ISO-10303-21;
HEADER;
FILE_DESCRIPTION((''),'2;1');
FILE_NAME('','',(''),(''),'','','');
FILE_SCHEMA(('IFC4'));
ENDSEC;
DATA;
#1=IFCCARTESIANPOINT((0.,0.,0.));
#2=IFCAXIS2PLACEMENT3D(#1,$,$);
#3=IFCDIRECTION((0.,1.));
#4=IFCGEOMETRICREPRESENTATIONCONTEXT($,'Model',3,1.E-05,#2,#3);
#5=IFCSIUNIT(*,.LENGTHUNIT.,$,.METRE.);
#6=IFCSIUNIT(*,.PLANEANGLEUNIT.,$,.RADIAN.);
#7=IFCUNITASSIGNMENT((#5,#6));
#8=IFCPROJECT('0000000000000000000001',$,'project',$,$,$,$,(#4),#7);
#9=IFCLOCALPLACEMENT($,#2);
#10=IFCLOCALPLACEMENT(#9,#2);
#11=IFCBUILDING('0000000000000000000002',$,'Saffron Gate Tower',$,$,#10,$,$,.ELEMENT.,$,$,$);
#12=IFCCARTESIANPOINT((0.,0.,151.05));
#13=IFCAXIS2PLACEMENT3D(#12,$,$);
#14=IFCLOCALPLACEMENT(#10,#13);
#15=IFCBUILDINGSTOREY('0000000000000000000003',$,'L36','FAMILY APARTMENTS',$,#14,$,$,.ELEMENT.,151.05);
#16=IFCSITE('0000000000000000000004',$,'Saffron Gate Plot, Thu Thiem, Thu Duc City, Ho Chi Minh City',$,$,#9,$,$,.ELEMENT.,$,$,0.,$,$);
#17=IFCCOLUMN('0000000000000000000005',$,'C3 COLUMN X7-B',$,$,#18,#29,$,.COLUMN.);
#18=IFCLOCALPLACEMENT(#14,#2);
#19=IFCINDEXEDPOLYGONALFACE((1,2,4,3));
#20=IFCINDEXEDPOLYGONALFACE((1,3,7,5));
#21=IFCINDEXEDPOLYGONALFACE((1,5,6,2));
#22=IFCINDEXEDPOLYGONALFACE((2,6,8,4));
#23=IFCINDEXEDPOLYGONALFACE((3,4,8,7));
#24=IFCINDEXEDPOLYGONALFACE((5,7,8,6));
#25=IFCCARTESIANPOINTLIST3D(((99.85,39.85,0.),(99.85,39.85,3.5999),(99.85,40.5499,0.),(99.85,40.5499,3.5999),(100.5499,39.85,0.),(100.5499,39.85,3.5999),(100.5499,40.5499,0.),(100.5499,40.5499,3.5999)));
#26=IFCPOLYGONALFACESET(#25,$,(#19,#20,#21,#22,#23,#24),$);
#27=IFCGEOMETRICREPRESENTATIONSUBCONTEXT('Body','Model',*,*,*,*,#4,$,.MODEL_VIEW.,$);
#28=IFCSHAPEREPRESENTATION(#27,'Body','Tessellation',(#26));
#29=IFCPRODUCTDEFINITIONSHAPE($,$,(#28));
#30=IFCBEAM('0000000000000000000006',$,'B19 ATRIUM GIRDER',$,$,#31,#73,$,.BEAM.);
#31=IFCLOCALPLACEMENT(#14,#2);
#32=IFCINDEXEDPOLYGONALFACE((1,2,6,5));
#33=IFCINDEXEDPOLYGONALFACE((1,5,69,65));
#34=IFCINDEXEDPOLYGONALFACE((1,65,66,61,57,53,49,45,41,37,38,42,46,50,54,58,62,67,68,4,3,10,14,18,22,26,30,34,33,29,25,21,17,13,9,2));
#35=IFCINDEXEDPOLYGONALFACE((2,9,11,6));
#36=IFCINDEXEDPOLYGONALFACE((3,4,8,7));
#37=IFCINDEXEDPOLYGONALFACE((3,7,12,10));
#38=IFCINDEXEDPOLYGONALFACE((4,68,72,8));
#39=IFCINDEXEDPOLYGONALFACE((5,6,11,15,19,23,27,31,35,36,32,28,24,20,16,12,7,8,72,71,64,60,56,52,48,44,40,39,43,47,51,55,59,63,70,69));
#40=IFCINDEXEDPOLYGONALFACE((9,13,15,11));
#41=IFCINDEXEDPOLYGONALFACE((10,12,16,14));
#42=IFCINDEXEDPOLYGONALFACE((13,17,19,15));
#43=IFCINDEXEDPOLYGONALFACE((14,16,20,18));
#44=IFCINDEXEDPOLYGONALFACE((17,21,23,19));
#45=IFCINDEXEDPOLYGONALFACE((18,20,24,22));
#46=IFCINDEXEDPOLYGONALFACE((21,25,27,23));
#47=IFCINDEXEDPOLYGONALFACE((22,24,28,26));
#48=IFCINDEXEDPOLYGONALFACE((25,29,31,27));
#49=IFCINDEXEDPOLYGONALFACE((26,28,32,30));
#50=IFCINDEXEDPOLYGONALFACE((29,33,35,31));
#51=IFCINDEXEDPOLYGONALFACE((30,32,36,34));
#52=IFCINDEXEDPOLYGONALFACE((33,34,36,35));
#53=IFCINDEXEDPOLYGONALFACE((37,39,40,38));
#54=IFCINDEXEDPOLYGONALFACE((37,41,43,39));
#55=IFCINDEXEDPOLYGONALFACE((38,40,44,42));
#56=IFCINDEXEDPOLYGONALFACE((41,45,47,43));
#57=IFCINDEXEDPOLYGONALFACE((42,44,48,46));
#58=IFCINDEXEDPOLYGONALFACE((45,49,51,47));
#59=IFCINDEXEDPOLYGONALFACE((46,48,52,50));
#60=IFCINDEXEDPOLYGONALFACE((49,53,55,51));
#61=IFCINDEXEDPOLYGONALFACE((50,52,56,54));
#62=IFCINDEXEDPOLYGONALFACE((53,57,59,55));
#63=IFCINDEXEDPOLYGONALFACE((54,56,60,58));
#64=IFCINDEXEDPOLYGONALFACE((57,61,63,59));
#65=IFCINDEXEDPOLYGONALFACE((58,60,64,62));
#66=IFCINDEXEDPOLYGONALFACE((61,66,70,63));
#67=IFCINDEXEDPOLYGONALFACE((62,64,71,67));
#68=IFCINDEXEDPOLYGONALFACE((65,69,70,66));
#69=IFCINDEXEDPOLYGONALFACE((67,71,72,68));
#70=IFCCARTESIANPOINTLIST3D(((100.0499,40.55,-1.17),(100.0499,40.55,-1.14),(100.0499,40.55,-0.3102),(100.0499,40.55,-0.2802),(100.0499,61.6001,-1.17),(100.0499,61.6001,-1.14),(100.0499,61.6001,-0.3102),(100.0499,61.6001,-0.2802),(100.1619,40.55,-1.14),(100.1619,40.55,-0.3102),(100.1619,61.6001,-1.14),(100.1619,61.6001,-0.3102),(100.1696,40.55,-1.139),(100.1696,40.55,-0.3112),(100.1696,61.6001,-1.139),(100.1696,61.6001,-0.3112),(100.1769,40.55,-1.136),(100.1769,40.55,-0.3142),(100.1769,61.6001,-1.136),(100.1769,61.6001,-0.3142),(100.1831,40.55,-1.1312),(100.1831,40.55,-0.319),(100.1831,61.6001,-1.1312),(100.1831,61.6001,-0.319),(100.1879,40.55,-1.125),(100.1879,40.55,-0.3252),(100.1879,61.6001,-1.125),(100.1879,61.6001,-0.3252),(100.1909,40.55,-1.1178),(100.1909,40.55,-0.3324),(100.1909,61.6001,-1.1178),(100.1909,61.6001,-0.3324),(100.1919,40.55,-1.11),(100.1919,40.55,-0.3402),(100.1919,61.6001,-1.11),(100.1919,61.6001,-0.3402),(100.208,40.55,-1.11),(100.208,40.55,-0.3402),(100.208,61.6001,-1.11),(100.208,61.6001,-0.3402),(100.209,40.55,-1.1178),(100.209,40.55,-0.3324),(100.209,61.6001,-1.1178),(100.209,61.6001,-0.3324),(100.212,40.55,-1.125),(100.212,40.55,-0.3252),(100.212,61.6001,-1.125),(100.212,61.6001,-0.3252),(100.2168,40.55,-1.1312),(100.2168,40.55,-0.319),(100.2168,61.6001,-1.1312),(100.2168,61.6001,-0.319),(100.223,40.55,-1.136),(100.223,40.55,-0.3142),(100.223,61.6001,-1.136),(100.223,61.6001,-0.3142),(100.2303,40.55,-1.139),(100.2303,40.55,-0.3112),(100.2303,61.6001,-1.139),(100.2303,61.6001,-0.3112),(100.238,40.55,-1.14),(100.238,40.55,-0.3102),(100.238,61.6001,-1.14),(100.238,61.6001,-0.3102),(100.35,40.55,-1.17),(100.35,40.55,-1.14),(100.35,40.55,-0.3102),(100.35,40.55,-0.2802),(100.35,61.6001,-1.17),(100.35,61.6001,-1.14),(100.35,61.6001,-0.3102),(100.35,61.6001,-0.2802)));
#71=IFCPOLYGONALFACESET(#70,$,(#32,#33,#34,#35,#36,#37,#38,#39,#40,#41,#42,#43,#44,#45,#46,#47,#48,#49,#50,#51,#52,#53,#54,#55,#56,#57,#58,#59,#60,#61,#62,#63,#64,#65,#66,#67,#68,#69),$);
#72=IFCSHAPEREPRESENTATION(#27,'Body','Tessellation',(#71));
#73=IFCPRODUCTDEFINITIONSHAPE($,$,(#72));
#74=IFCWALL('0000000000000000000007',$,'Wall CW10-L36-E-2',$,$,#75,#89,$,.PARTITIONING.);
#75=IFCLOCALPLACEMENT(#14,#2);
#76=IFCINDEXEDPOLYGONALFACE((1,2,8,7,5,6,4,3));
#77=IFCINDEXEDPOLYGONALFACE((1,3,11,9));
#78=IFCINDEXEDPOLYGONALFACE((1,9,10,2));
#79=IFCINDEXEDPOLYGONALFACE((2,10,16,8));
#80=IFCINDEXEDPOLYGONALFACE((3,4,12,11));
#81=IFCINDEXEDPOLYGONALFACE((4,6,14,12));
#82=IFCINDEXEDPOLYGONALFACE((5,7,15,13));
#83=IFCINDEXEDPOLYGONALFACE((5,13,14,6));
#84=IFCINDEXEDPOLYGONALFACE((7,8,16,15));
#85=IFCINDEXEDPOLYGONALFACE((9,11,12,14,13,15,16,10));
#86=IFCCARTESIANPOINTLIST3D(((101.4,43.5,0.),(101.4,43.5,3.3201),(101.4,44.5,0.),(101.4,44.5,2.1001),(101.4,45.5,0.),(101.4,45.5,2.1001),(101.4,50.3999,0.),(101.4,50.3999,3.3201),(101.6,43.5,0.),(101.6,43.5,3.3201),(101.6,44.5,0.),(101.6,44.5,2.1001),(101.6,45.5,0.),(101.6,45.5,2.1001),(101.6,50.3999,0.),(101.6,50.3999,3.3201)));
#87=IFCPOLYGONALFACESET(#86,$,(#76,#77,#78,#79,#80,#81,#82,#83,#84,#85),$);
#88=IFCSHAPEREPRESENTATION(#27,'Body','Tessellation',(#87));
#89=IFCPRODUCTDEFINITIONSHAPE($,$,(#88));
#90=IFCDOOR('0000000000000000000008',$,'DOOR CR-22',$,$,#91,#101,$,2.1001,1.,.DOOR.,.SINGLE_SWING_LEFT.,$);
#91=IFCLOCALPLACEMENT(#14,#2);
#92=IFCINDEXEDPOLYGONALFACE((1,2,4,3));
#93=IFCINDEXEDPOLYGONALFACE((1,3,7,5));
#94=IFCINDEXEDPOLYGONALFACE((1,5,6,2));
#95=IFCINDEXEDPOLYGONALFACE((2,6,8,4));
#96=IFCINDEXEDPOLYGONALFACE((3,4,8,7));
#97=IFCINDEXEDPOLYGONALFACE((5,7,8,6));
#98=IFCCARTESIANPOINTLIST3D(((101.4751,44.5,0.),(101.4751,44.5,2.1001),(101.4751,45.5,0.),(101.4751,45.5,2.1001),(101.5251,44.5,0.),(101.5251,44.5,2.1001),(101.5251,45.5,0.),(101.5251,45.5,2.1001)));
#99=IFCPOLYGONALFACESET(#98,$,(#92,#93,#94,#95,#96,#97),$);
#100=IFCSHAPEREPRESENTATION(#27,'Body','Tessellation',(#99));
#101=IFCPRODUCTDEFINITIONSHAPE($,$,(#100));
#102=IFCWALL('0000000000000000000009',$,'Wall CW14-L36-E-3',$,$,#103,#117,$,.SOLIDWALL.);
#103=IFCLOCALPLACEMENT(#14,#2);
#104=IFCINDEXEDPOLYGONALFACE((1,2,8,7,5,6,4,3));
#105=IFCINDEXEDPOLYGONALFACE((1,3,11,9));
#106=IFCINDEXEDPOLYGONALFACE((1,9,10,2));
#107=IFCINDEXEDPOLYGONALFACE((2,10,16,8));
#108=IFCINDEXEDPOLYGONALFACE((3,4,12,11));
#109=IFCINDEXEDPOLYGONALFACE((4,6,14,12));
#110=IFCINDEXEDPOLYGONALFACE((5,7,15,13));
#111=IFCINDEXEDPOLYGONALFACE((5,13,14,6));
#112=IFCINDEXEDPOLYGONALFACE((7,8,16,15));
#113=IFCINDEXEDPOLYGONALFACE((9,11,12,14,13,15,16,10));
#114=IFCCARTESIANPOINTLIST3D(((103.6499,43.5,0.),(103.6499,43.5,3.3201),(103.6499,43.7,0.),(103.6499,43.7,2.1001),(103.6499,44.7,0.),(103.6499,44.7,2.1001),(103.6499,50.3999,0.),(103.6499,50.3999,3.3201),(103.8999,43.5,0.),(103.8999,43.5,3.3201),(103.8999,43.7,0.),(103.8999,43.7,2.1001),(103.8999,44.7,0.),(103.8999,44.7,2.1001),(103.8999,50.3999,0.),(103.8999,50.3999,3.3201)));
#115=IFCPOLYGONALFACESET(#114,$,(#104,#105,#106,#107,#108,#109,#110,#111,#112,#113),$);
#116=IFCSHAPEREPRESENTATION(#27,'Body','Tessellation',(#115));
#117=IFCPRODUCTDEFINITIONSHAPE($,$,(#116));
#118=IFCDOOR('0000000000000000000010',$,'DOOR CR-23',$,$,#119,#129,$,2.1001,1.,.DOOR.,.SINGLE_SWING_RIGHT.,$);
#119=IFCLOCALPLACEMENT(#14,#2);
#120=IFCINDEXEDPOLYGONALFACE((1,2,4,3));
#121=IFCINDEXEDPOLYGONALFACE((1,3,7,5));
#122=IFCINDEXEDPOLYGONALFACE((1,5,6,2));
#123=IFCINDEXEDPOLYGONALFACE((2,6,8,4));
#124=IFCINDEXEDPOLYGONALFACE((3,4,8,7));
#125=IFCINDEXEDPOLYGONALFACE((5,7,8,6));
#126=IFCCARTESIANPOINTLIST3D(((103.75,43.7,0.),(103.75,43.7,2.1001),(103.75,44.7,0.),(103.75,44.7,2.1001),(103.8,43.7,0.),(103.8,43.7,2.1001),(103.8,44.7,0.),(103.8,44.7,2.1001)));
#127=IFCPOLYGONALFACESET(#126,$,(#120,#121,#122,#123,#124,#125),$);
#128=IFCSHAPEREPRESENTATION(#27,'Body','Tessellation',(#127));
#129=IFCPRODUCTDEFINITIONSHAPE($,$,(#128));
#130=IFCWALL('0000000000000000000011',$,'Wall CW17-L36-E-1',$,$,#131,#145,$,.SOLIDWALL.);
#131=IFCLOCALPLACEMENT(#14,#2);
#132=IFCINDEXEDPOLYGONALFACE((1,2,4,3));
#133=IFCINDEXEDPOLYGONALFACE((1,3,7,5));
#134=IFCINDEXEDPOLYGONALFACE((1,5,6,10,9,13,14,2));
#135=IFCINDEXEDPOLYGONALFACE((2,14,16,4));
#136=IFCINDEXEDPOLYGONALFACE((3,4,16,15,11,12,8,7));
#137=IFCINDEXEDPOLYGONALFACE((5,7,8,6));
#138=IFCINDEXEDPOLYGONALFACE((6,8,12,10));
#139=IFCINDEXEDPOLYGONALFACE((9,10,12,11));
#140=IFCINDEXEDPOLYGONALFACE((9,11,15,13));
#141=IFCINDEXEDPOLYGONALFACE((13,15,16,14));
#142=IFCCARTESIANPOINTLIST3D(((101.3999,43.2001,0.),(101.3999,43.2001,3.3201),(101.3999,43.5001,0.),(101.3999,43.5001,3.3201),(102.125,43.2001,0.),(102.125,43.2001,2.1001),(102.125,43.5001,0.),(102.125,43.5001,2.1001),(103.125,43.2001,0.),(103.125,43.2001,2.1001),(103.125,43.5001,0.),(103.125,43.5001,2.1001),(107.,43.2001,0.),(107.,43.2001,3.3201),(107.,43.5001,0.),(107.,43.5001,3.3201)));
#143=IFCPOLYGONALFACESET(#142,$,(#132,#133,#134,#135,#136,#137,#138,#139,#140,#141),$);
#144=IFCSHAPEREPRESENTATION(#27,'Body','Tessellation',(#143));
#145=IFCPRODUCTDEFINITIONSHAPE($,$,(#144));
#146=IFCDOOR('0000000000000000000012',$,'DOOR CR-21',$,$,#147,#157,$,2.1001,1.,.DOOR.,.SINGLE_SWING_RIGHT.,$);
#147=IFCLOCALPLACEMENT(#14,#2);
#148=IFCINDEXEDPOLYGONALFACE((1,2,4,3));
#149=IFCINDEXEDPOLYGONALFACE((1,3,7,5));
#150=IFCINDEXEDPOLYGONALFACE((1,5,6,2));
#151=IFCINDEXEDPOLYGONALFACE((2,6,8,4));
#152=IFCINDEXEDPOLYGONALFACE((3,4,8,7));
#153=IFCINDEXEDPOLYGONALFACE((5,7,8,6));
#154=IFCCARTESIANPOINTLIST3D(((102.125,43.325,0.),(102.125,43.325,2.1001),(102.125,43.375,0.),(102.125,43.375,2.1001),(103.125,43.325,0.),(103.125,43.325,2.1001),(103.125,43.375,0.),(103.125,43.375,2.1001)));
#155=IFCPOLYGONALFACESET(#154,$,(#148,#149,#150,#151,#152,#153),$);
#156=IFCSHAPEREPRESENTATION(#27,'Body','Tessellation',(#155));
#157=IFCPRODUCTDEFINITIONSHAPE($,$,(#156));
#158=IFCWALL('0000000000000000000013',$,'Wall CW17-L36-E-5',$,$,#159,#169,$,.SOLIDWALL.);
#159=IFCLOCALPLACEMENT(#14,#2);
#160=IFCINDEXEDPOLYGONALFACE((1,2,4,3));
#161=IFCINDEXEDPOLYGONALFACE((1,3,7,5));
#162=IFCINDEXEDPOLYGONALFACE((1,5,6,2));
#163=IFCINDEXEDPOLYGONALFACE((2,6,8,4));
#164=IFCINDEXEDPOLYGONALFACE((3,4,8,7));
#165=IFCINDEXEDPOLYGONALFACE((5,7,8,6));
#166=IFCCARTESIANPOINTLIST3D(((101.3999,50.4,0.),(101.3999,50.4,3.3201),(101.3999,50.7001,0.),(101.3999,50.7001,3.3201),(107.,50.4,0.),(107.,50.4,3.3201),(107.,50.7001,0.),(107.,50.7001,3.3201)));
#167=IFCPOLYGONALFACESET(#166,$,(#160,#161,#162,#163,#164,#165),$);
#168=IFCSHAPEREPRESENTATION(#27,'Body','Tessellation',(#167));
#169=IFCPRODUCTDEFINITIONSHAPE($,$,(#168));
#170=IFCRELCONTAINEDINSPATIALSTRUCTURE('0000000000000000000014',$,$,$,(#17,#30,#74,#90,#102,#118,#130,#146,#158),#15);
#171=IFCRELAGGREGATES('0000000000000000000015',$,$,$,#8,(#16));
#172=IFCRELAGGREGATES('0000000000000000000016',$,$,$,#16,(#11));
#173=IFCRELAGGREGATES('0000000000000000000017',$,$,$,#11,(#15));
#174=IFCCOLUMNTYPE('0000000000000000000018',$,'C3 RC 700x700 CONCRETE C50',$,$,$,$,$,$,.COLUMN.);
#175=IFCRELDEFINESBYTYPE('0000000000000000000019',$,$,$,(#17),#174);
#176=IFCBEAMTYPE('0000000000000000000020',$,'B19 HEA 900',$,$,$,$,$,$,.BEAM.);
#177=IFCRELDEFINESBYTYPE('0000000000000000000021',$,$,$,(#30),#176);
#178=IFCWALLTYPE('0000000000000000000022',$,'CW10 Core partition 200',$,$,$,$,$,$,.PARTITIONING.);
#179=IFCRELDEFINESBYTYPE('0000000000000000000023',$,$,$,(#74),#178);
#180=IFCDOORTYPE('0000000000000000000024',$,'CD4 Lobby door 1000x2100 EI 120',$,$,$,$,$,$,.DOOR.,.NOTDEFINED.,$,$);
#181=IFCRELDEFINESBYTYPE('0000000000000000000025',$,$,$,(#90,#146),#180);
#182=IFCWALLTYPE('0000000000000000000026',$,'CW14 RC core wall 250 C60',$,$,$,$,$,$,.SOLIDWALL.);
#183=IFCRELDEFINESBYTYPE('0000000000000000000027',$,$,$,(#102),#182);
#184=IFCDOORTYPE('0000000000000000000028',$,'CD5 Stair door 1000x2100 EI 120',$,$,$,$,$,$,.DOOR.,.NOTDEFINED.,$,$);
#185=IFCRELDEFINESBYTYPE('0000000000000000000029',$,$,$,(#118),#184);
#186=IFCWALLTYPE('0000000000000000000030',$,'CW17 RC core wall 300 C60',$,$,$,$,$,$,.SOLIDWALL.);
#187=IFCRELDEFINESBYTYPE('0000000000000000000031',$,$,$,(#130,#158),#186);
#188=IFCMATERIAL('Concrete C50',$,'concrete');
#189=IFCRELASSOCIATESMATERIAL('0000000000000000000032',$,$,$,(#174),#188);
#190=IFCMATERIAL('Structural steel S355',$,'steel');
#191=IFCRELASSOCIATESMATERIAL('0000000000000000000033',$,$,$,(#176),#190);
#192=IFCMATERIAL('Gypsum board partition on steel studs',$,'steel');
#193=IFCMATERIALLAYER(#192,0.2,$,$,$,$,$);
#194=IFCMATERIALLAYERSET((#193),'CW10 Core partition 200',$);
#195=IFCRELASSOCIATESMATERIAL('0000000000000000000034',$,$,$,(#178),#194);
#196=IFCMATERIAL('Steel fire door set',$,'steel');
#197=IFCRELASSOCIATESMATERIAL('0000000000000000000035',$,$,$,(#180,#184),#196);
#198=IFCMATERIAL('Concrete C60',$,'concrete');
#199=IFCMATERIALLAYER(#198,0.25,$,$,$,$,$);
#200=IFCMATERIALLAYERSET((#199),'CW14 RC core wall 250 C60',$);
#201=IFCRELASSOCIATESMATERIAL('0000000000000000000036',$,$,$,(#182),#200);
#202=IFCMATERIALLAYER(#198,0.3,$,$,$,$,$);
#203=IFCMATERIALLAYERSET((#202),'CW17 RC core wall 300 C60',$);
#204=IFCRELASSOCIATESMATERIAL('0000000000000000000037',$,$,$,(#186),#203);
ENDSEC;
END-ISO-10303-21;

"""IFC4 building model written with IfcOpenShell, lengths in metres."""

from ifc_helpers import new_model, si_unit, direction, frame, frame_2d, origin, origin_2d, place, context, subcontext, project, spatial, rectangle, i_section, extrude, material, layer, layer_set, material_profile, profile_set, type_object, element, fill, save


model = new_model("IFC4")

# Units and contexts
model_context = context("Model", 3, precision=1e-05, world=origin(), true_north=direction((0.0, 1.0)))
body_context = subcontext(model_context, "Body", "Model", "MODEL_VIEW")
ifc_project = project(units=[si_unit("LENGTHUNIT", "METRE"), si_unit("PLANEANGLEUNIT", "RADIAN")], contexts=[model_context])

# Site, building, storey
site_placement = place(None, origin())
site = spatial("IfcSite", under=ifc_project, at=site_placement, Name="Saffron Gate Plot, Thu Thiem, Thu Duc City, Ho Chi Minh City", CompositionType="ELEMENT", RefElevation=0.0)
building_placement = place(site_placement, origin())
building = spatial("IfcBuilding", under=site, at=building_placement, Name="Saffron Gate Tower", CompositionType="ELEMENT")
storey_placement = place(building_placement, frame((0.0, 0.0, 151.05)))
storey = spatial("IfcBuildingStorey", under=building, at=storey_placement, Name="L36", Description="FAMILY APARTMENTS", CompositionType="ELEMENT", Elevation=151.05)

# Column
ifc_material_1 = material(Name="Concrete C50", Category="concrete")
ifc_material_profile_1 = material_profile(ifc_material_1, rectangle(XDim=0.7, YDim=0.7, at=origin_2d()))
ifc_profile_set_1 = profile_set([ifc_material_profile_1], Name="Concrete C50")
column_type = type_object("IfcColumnType", Name="C3 RC 700x700 CONCRETE C50", PredefinedType="COLUMN", material=ifc_profile_set_1)
column_placement = place(storey_placement, frame((100.2, 40.2, 0.0), z_axis=(0.0, 0.0, 1.0), x_axis=(1.0, 0.0, 0.0)))
element("IfcColumn", 1, at=column_placement, inside=storey, type_object=column_type, Name="C3 COLUMN X7-B", PredefinedType="COLUMN", context=body_context, shape_type="SweptSolid", body=[
    extrude(rectangle(XDim=0.7, YDim=0.7, at=origin_2d()), origin(), (0.0, 0.0, 1.0), 3.5999),
])

# Beam
ifc_material_2 = material(Name="Structural steel S355", Category="steel")
ifc_material_profile_2 = material_profile(ifc_material_2, i_section(OverallWidth=0.3, OverallDepth=0.8899, WebThickness=0.0161, FlangeThickness=0.03, FilletRadius=0.03, at=origin_2d()))
ifc_profile_set_2 = profile_set([ifc_material_profile_2], Name="Structural steel S355")
beam_type = type_object("IfcBeamType", Name="B19 HEA 900", PredefinedType="BEAM", material=ifc_profile_set_2)
beam_placement = place(storey_placement, frame((100.2, 40.55, -0.7251), z_axis=(0.0, 1.0, 0.0), x_axis=(-1.0, 0.0, 0.0)))
element("IfcBeam", 2, at=beam_placement, inside=storey, type_object=beam_type, Name="B19 ATRIUM GIRDER", PredefinedType="BEAM", context=body_context, shape_type="SweptSolid", body=[
    extrude(i_section(OverallWidth=0.3, OverallDepth=0.8899, WebThickness=0.0161, FlangeThickness=0.03, FilletRadius=0.03, at=origin_2d()), origin(), (0.0, 0.0, 1.0), 21.05),
])

# Walls, openings, doors
ifc_material_3 = material(Name="Gypsum board partition on steel studs", Category="steel")
ifc_layer_1 = layer(ifc_material_3, 0.2)
ifc_layer_set_1 = layer_set([ifc_layer_1], Name="CW10 Core partition 200")
wall_type_1 = type_object("IfcWallType", Name="CW10 Core partition 200", PredefinedType="PARTITIONING", material=ifc_layer_set_1)
wall_1_placement = place(storey_placement, frame((101.5, 43.5, 0.0), z_axis=(0.0, 0.0, 1.0), x_axis=(0.0, 1.0, 0.0)))
wall_1 = element("IfcWall", 3, at=wall_1_placement, inside=storey, type_object=wall_type_1, Name="Wall CW10-L36-E-2", PredefinedType="PARTITIONING", context=body_context, shape_type="SweptSolid", body=[
    extrude(rectangle(XDim=6.8999, YDim=0.2, at=frame_2d((3.45, 0.0))), origin(), (0.0, 0.0, 1.0), 3.3201),
])
opening_1_placement = place(wall_1_placement, frame((1.0, 0.0, 0.0)))
opening_1 = element("IfcOpeningElement", 4, at=opening_1_placement, cuts=wall_1, PredefinedType="OPENING", context=body_context, shape_type="SweptSolid", body=[
    extrude(rectangle(XDim=1.0, YDim=2.1001, at=frame_2d((0.5, 1.05))), frame((0.0, 0.1099, 0.0), z_axis=(0.0, -1.0, 0.0), x_axis=(1.0, 0.0, 0.0)), (0.0, 0.0, 1.0), 0.22),
])
ifc_material_4 = material(Name="Steel fire door set", Category="steel")
door_type_1 = type_object("IfcDoorType", Name="CD4 Lobby door 1000x2100 EI 120", OperationType="NOTDEFINED", PredefinedType="DOOR", material=ifc_material_4)
door_1_placement = place(opening_1_placement, origin())
door_1 = element("IfcDoor", 5, at=door_1_placement, inside=storey, type_object=door_type_1, Name="DOOR CR-22", OperationType="SINGLE_SWING_LEFT", OverallHeight=2.1001, OverallWidth=1.0, PredefinedType="DOOR", context=body_context, shape_type="SweptSolid", body=[
    extrude(rectangle(XDim=1.0, YDim=2.1001, at=frame_2d((0.5, 1.05))), frame((0.0, 0.0249, 0.0), z_axis=(0.0, -1.0, 0.0), x_axis=(1.0, 0.0, 0.0)), (0.0, 0.0, 1.0), 0.05),
])
fill(opening_1, door_1)
ifc_material_5 = material(Name="Concrete C60", Category="concrete")
ifc_layer_2 = layer(ifc_material_5, 0.25)
ifc_layer_set_2 = layer_set([ifc_layer_2], Name="CW14 RC core wall 250 C60")
wall_type_2 = type_object("IfcWallType", Name="CW14 RC core wall 250 C60", PredefinedType="SOLIDWALL", material=ifc_layer_set_2)
wall_2_placement = place(storey_placement, frame((103.7749, 43.5, 0.0), z_axis=(0.0, 0.0, 1.0), x_axis=(0.0, 1.0, 0.0)))
wall_2 = element("IfcWall", 6, at=wall_2_placement, inside=storey, type_object=wall_type_2, Name="Wall CW14-L36-E-3", PredefinedType="SOLIDWALL", context=body_context, shape_type="SweptSolid", body=[
    extrude(rectangle(XDim=6.8999, YDim=0.25, at=frame_2d((3.45, 0.0))), origin(), (0.0, 0.0, 1.0), 3.3201),
])
opening_2_placement = place(wall_2_placement, frame((0.2, 0.0, 0.0)))
opening_2 = element("IfcOpeningElement", 7, at=opening_2_placement, cuts=wall_2, PredefinedType="OPENING", context=body_context, shape_type="SweptSolid", body=[
    extrude(rectangle(XDim=1.0, YDim=2.1001, at=frame_2d((0.5, 1.05))), frame((0.0, 0.135, 0.0), z_axis=(0.0, -1.0, 0.0), x_axis=(1.0, 0.0, 0.0)), (0.0, 0.0, 1.0), 0.27),
])
door_type_2 = type_object("IfcDoorType", Name="CD5 Stair door 1000x2100 EI 120", OperationType="NOTDEFINED", PredefinedType="DOOR", material=ifc_material_4)
door_2_placement = place(opening_2_placement, origin())
door_2 = element("IfcDoor", 8, at=door_2_placement, inside=storey, type_object=door_type_2, Name="DOOR CR-23", OperationType="SINGLE_SWING_RIGHT", OverallHeight=2.1001, OverallWidth=1.0, PredefinedType="DOOR", context=body_context, shape_type="SweptSolid", body=[
    extrude(rectangle(XDim=1.0, YDim=2.1001, at=frame_2d((0.5, 1.05))), frame((0.0, 0.0249, 0.0), z_axis=(0.0, -1.0, 0.0), x_axis=(1.0, 0.0, 0.0)), (0.0, 0.0, 1.0), 0.05),
])
fill(opening_2, door_2)
ifc_layer_3 = layer(ifc_material_5, 0.3)
ifc_layer_set_3 = layer_set([ifc_layer_3], Name="CW17 RC core wall 300 C60")
wall_type_3 = type_object("IfcWallType", Name="CW17 RC core wall 300 C60", PredefinedType="SOLIDWALL", material=ifc_layer_set_3)
wall_3_placement = place(storey_placement, frame((101.3999, 43.3501, 0.0), z_axis=(0.0, 0.0, 1.0), x_axis=(1.0, 0.0, 0.0)))
wall_3 = element("IfcWall", 9, at=wall_3_placement, inside=storey, type_object=wall_type_3, Name="Wall CW17-L36-E-1", PredefinedType="SOLIDWALL", context=body_context, shape_type="SweptSolid", body=[
    extrude(rectangle(XDim=5.6001, YDim=0.3, at=frame_2d((2.8, 0.0))), origin(), (0.0, 0.0, 1.0), 3.3201),
])
opening_3_placement = place(wall_3_placement, frame((0.7251, 0.0, 0.0)))
opening_3 = element("IfcOpeningElement", 10, at=opening_3_placement, cuts=wall_3, PredefinedType="OPENING", context=body_context, shape_type="SweptSolid", body=[
    extrude(rectangle(XDim=1.0, YDim=2.1001, at=frame_2d((0.5, 1.05))), frame((0.0, 0.1602, 0.0), z_axis=(0.0, -1.0, 0.0), x_axis=(1.0, 0.0, 0.0)), (0.0, 0.0, 1.0), 0.3201),
])
door_3_placement = place(opening_3_placement, origin())
door_3 = element("IfcDoor", 11, at=door_3_placement, inside=storey, type_object=door_type_1, Name="DOOR CR-21", OperationType="SINGLE_SWING_RIGHT", OverallHeight=2.1001, OverallWidth=1.0, PredefinedType="DOOR", context=body_context, shape_type="SweptSolid", body=[
    extrude(rectangle(XDim=1.0, YDim=2.1001, at=frame_2d((0.5, 1.05))), frame((0.0, 0.0249, 0.0), z_axis=(0.0, -1.0, 0.0), x_axis=(1.0, 0.0, 0.0)), (0.0, 0.0, 1.0), 0.05),
])
fill(opening_3, door_3)

# Wall
wall_4_placement = place(storey_placement, frame((101.3999, 50.55, 0.0), z_axis=(0.0, 0.0, 1.0), x_axis=(1.0, 0.0, 0.0)))
element("IfcWall", 12, at=wall_4_placement, inside=storey, type_object=wall_type_3, Name="Wall CW17-L36-E-5", PredefinedType="SOLIDWALL", context=body_context, shape_type="SweptSolid", body=[
    extrude(rectangle(XDim=5.6001, YDim=0.3, at=frame_2d((2.8, 0.0))), origin(), (0.0, 0.0, 1.0), 3.3201),
])

save(model, "model.ifc")
